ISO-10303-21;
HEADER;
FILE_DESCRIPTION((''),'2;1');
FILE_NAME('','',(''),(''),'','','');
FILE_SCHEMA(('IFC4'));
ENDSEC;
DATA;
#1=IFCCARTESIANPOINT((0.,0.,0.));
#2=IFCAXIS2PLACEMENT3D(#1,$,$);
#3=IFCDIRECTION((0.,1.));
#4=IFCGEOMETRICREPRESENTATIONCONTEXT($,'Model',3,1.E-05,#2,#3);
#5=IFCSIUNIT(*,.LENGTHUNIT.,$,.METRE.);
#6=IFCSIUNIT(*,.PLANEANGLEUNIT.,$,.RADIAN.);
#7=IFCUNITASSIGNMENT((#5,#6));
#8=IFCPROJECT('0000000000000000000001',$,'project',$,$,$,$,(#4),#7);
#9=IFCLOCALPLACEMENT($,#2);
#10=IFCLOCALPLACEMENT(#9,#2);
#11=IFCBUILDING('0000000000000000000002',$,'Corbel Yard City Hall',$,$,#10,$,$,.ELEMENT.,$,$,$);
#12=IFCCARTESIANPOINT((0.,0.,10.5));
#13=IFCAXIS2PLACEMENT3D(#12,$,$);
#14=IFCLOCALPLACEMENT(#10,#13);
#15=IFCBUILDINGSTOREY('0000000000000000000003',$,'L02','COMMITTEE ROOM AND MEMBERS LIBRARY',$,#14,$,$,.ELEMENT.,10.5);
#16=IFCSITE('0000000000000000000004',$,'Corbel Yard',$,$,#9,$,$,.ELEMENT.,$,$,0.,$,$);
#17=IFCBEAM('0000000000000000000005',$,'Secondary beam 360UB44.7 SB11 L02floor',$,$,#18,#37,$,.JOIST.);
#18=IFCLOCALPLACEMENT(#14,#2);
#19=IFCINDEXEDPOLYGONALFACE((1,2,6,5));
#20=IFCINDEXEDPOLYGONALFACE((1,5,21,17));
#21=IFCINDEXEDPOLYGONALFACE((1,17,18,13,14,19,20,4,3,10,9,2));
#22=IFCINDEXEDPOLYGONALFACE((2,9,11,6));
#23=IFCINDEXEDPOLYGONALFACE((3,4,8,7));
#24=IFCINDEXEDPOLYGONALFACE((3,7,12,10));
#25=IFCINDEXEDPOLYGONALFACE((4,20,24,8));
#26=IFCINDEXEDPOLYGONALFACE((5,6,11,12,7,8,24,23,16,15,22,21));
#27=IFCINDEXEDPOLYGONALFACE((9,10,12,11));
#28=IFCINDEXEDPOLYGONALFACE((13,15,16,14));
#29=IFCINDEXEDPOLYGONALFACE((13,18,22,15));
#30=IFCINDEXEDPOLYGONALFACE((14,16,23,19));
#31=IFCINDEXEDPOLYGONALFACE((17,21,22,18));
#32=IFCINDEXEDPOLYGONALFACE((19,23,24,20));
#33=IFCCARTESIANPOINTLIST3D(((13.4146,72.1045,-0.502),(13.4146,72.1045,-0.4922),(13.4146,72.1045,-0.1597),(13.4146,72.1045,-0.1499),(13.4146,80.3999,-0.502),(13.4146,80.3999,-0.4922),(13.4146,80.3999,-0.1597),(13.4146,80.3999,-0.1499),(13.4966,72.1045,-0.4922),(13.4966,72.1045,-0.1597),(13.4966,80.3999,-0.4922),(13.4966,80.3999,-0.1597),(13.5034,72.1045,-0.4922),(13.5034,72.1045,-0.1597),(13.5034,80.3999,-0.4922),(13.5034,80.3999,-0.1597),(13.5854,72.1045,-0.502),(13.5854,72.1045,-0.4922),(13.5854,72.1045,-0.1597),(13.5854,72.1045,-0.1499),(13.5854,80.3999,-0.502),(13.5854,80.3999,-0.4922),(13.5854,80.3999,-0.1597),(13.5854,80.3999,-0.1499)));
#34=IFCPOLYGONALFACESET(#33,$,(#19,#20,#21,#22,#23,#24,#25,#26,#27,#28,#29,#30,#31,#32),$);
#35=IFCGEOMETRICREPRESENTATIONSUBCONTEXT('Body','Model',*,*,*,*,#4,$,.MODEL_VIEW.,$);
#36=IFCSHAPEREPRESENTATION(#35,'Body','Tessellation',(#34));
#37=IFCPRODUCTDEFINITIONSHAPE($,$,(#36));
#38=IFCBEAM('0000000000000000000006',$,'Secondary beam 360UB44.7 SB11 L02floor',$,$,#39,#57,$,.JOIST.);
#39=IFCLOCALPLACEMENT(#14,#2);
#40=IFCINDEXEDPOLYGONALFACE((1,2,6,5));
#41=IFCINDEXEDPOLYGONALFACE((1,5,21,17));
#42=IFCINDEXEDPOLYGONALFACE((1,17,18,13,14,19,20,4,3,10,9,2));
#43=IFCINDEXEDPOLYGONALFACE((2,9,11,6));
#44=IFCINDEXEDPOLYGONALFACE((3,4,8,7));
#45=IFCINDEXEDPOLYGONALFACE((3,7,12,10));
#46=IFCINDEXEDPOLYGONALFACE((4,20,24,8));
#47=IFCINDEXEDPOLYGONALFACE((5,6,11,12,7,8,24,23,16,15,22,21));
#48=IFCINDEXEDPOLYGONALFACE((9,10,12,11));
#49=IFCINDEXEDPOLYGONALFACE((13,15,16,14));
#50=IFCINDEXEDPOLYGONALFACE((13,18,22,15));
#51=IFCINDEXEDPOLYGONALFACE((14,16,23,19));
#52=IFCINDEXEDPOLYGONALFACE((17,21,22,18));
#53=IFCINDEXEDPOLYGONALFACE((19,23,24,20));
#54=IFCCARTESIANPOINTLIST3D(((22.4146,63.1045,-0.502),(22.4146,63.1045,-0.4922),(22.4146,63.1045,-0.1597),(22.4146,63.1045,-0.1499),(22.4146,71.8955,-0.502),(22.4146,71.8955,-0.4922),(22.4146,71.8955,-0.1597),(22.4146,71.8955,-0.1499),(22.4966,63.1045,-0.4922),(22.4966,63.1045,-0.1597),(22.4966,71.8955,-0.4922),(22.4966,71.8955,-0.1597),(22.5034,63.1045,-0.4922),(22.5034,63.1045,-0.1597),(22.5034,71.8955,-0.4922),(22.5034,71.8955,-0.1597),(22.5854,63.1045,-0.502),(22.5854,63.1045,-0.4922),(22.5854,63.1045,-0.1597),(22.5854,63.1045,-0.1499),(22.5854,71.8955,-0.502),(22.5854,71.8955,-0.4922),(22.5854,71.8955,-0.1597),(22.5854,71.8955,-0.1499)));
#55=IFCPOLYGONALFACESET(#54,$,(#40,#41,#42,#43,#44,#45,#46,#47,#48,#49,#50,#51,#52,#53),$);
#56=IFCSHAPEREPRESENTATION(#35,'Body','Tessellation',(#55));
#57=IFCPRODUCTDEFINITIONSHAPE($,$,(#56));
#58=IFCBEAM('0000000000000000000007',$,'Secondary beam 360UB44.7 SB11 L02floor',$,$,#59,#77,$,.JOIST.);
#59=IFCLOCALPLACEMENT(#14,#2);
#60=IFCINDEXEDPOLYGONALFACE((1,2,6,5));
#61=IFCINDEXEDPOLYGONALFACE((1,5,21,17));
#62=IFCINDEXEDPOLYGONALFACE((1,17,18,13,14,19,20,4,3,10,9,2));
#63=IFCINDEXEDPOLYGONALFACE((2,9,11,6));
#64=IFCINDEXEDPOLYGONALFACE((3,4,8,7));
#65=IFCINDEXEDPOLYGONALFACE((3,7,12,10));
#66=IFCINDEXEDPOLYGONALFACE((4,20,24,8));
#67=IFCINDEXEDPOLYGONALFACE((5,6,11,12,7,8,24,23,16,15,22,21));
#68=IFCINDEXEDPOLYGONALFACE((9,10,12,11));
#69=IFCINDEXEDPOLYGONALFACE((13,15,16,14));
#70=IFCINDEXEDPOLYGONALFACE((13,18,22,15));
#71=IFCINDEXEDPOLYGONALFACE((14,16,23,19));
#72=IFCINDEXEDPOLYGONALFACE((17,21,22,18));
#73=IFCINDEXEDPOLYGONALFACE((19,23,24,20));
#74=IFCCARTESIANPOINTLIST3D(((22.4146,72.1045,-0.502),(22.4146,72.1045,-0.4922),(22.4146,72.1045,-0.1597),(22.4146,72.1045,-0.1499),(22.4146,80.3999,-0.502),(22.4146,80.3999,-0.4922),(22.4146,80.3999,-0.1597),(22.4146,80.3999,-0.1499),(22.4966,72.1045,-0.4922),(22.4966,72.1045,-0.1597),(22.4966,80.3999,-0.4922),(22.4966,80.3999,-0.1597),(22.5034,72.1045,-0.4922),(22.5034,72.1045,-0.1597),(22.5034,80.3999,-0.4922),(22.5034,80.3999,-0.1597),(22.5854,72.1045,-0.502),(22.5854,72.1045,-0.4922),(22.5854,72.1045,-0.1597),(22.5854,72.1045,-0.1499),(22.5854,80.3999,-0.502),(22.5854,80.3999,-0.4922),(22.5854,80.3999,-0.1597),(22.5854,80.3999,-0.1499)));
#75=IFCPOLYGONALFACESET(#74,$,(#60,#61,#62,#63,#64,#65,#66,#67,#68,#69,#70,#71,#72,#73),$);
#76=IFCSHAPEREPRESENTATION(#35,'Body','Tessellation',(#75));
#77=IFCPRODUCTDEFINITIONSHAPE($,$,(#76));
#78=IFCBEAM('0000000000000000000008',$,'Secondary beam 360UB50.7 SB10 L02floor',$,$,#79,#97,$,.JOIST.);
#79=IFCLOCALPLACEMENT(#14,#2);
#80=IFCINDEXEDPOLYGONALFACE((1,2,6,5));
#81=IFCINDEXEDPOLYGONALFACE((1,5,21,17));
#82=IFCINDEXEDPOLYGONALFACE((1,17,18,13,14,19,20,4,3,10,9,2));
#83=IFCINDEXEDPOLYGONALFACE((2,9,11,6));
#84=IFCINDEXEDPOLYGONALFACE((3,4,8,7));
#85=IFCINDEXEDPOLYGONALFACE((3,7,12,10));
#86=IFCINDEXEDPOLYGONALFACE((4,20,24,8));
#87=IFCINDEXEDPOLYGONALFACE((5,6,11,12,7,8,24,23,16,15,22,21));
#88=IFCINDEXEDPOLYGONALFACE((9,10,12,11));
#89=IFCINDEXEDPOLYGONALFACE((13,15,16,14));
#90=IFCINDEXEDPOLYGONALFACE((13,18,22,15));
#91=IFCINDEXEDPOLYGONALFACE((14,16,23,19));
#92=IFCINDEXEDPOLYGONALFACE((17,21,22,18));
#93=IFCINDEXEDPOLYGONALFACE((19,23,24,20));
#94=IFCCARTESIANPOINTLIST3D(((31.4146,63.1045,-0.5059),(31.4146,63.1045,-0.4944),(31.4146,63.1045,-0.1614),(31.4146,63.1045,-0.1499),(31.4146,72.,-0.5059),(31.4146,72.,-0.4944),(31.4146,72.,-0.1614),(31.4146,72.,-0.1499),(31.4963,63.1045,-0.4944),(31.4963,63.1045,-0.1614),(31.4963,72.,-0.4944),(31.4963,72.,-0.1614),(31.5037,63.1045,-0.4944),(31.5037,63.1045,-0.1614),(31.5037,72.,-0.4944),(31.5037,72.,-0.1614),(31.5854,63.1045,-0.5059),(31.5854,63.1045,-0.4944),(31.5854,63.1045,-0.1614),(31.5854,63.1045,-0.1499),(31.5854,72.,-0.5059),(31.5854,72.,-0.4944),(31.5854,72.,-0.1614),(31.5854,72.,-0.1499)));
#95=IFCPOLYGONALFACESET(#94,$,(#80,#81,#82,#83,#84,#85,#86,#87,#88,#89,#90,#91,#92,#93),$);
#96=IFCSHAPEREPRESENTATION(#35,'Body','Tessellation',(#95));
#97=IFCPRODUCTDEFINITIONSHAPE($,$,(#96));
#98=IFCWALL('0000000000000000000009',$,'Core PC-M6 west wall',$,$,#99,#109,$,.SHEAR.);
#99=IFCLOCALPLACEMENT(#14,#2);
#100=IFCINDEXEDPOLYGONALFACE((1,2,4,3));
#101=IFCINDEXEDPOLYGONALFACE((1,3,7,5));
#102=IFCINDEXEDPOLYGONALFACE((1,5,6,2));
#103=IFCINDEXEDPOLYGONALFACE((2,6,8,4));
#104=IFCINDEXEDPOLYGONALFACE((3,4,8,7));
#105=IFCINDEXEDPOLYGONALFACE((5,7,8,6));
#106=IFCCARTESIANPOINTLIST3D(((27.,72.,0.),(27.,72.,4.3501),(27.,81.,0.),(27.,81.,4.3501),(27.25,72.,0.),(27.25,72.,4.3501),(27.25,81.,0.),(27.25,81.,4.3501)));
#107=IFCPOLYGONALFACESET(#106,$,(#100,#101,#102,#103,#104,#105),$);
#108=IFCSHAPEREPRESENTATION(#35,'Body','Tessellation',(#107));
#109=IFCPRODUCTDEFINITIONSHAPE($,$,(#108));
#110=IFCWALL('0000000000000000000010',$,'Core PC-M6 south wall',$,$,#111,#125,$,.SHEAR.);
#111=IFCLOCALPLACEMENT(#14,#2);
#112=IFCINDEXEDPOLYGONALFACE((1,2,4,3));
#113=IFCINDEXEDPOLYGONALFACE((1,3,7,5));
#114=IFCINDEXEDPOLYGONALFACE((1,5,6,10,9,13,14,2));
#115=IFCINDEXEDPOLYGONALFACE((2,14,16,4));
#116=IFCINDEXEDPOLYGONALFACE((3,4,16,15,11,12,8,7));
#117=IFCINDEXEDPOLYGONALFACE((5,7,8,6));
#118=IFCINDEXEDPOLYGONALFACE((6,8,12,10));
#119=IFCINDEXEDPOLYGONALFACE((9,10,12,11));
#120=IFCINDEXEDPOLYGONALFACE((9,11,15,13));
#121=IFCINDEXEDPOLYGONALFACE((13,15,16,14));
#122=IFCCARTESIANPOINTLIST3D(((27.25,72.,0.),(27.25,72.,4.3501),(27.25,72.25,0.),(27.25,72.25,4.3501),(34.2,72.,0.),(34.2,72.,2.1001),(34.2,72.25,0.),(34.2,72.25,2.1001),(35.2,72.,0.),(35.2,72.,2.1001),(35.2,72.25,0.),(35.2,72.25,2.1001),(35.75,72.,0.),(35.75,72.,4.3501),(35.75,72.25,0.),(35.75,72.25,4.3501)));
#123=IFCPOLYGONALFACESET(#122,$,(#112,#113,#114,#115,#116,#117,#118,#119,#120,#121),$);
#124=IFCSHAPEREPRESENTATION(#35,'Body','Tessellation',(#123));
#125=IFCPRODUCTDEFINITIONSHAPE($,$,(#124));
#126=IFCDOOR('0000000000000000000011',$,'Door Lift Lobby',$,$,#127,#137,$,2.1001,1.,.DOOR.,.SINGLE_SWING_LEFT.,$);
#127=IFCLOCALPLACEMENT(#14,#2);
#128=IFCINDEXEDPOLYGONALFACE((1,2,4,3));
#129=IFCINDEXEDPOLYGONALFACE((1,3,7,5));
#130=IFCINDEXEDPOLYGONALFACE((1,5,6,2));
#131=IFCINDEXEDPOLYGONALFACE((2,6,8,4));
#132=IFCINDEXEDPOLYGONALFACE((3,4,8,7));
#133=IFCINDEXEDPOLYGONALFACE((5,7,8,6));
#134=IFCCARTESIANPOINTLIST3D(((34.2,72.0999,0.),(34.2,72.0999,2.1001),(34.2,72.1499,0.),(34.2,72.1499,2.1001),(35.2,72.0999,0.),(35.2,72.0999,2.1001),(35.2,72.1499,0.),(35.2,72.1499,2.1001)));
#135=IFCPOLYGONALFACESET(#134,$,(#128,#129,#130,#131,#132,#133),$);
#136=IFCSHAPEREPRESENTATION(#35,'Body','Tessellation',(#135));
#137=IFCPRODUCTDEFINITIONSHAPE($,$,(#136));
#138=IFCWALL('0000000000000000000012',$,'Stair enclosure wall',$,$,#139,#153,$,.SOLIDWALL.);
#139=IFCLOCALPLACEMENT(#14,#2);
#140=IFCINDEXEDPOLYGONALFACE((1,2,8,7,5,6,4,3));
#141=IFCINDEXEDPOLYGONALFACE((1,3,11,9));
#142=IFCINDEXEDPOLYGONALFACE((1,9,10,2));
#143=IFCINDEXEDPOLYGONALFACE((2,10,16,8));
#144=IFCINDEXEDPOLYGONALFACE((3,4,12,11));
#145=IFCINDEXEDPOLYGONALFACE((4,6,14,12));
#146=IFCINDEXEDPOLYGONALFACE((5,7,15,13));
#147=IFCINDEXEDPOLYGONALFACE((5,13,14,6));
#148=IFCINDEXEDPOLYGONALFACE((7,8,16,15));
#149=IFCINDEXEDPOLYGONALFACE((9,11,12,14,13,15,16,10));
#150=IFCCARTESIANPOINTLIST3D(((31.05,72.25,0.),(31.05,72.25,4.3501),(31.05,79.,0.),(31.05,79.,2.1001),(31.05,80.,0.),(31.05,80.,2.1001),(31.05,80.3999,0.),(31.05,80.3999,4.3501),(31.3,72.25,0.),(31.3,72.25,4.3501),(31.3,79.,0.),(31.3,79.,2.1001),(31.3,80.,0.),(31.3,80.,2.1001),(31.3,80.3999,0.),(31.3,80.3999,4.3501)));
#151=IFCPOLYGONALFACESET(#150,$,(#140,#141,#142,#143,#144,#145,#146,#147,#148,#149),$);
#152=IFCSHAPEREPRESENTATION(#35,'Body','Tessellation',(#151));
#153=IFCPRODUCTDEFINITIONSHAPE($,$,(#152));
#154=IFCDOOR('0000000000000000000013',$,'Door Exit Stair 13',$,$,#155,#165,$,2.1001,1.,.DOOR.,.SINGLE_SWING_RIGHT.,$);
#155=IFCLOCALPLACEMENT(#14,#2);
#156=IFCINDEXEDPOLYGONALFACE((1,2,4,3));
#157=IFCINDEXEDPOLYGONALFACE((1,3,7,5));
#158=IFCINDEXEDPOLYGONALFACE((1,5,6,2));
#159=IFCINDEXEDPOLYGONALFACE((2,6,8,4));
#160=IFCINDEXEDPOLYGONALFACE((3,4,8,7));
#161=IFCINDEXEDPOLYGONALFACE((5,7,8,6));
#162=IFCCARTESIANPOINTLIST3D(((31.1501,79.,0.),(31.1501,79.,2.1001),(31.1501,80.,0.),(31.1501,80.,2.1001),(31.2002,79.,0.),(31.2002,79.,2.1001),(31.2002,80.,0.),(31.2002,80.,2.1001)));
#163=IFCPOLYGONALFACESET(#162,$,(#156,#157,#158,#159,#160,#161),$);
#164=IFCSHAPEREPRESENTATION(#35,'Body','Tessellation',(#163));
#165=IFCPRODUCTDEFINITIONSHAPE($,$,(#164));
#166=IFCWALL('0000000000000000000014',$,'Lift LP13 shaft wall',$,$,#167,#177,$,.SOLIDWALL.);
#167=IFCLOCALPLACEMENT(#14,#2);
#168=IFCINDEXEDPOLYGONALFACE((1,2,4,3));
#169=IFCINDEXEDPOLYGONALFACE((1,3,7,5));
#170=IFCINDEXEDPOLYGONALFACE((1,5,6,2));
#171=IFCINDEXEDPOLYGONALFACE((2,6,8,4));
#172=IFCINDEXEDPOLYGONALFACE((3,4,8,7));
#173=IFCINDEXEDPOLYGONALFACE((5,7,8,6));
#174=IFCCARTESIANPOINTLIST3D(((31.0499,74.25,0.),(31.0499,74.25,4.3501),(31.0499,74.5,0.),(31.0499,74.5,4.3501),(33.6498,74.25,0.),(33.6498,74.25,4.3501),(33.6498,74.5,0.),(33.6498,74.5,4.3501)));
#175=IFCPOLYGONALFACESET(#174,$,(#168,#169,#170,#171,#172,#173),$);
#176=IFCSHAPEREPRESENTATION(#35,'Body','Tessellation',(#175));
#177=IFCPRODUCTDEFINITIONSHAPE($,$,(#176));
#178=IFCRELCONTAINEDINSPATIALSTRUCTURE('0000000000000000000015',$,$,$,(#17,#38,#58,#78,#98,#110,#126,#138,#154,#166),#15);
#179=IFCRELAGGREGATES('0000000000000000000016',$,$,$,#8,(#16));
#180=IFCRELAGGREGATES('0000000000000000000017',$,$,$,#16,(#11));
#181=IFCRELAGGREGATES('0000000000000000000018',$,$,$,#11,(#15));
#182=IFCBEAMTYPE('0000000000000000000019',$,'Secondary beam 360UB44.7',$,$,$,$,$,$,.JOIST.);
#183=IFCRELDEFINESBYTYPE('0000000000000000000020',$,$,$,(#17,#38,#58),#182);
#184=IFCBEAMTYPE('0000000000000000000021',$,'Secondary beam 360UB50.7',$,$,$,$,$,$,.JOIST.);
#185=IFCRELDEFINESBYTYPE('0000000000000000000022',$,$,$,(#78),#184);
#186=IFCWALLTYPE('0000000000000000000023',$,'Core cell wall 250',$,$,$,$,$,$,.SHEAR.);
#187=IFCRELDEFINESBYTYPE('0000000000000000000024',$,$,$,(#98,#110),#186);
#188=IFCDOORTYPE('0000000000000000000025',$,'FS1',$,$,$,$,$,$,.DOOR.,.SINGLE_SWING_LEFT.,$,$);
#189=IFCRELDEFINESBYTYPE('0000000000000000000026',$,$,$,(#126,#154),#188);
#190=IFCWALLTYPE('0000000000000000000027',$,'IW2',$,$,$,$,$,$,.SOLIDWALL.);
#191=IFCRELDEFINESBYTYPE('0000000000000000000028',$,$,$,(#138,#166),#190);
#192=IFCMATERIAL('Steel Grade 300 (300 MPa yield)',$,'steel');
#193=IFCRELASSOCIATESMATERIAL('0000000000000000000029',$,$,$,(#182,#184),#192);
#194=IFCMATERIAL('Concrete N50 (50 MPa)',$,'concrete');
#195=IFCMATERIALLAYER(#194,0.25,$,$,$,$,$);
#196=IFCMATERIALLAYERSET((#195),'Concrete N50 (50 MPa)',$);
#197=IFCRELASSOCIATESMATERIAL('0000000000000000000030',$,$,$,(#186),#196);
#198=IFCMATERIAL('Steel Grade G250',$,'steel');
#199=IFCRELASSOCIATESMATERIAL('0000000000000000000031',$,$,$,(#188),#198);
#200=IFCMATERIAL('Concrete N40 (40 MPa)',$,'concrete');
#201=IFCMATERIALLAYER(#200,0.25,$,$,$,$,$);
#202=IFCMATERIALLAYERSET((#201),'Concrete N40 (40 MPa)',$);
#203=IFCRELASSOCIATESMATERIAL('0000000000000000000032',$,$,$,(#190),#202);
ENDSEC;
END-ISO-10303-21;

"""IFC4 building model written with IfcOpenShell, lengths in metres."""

from ifc_helpers import new_model, si_unit, direction, frame, frame_2d, origin, origin_2d, place, context, subcontext, project, spatial, rectangle, i_section, extrude, material, layer, layer_set, material_profile, profile_set, type_object, element, fill, save


model = new_model("IFC4")

# Units and contexts
model_context = context("Model", 3, precision=1e-05, world=origin(), true_north=direction((0.0, 1.0)))
body_context = subcontext(model_context, "Body", "Model", "MODEL_VIEW")
ifc_project = project(units=[si_unit("LENGTHUNIT", "METRE"), si_unit("PLANEANGLEUNIT", "RADIAN")], contexts=[model_context])

# Site, building, storey
site_placement = place(None, origin())
site = spatial("IfcSite", under=ifc_project, at=site_placement, Name="Corbel Yard", CompositionType="ELEMENT", RefElevation=0.0)
building_placement = place(site_placement, origin())
building = spatial("IfcBuilding", under=site, at=building_placement, Name="Corbel Yard City Hall", CompositionType="ELEMENT")
storey_placement = place(building_placement, frame((0.0, 0.0, 10.5)))
storey = spatial("IfcBuildingStorey", under=building, at=storey_placement, Name="L02", Description="COMMITTEE ROOM AND MEMBERS LIBRARY", CompositionType="ELEMENT", Elevation=10.5)

# Shared definitions
ifc_material_1 = material(Name="Steel Grade 300 (300 MPa yield)", Category="steel")

# Beams
ifc_material_profile_1 = material_profile(ifc_material_1, i_section(OverallWidth=0.1709, OverallDepth=0.3521, WebThickness=0.0068, FlangeThickness=0.0098, at=origin_2d()), Name="360UB44.7")
ifc_profile_set_1 = profile_set([ifc_material_profile_1], Name="Steel Grade 300 (300 MPa yield)")
beam_type_1 = type_object("IfcBeamType", Name="Secondary beam 360UB44.7", PredefinedType="JOIST", material=ifc_profile_set_1)
beam_1_placement = place(storey_placement, frame((13.5, 72.1045, -0.3259), z_axis=(0.0, 1.0, 0.0), x_axis=(-1.0, 0.0, 0.0)))
element("IfcBeam", 1, at=beam_1_placement, inside=storey, type_object=beam_type_1, Name="Secondary beam 360UB44.7 SB11 L02floor", PredefinedType="JOIST", context=body_context, shape_type="SweptSolid", body=[
    extrude(i_section(OverallWidth=0.1709, OverallDepth=0.3521, WebThickness=0.0068, FlangeThickness=0.0098, at=origin_2d()), origin(), (0.0, 0.0, 1.0), 8.2954),
])
beam_2_placement = place(storey_placement, frame((22.5, 63.1045, -0.3259), z_axis=(0.0, 1.0, 0.0), x_axis=(-1.0, 0.0, 0.0)))
element("IfcBeam", 2, at=beam_2_placement, inside=storey, type_object=beam_type_1, Name="Secondary beam 360UB44.7 SB11 L02floor", PredefinedType="JOIST", context=body_context, shape_type="SweptSolid", body=[
    extrude(i_section(OverallWidth=0.1709, OverallDepth=0.3521, WebThickness=0.0068, FlangeThickness=0.0098, at=origin_2d()), origin(), (0.0, 0.0, 1.0), 8.791),
])
beam_3_placement = place(storey_placement, frame((22.5, 72.1045, -0.3259), z_axis=(0.0, 1.0, 0.0), x_axis=(-1.0, 0.0, 0.0)))
element("IfcBeam", 3, at=beam_3_placement, inside=storey, type_object=beam_type_1, Name="Secondary beam 360UB44.7 SB11 L02floor", PredefinedType="JOIST", context=body_context, shape_type="SweptSolid", body=[
    extrude(i_section(OverallWidth=0.1709, OverallDepth=0.3521, WebThickness=0.0068, FlangeThickness=0.0098, at=origin_2d()), origin(), (0.0, 0.0, 1.0), 8.2954),
])
ifc_material_profile_2 = material_profile(ifc_material_1, i_section(OverallWidth=0.1709, OverallDepth=0.356, WebThickness=0.0073, FlangeThickness=0.0115, at=origin_2d()), Name="360UB50.7")
ifc_profile_set_2 = profile_set([ifc_material_profile_2], Name="Steel Grade 300 (300 MPa yield)")
beam_type_2 = type_object("IfcBeamType", Name="Secondary beam 360UB50.7", PredefinedType="JOIST", material=ifc_profile_set_2)
beam_4_placement = place(storey_placement, frame((31.5, 63.1045, -0.3279), z_axis=(0.0, 1.0, 0.0), x_axis=(-1.0, 0.0, 0.0)))
element("IfcBeam", 4, at=beam_4_placement, inside=storey, type_object=beam_type_2, Name="Secondary beam 360UB50.7 SB10 L02floor", PredefinedType="JOIST", context=body_context, shape_type="SweptSolid", body=[
    extrude(i_section(OverallWidth=0.1709, OverallDepth=0.356, WebThickness=0.0073, FlangeThickness=0.0115, at=origin_2d()), origin(), (0.0, 0.0, 1.0), 8.8955),
])

# Wall
ifc_material_2 = material(Name="Concrete N50 (50 MPa)", Category="concrete")
ifc_layer_1 = layer(ifc_material_2, 0.25)
ifc_layer_set_1 = layer_set([ifc_layer_1], Name="Concrete N50 (50 MPa)")
wall_type_1 = type_object("IfcWallType", Name="Core cell wall 250", PredefinedType="SHEAR", material=ifc_layer_set_1)
wall_1_placement = place(storey_placement, frame((27.125, 72.0, 0.0), z_axis=(0.0, 0.0, 1.0), x_axis=(0.0, 1.0, 0.0)))
element("IfcWall", 5, at=wall_1_placement, inside=storey, type_object=wall_type_1, Name="Core PC-M6 west wall", PredefinedType="SHEAR", context=body_context, shape_type="SweptSolid", body=[
    extrude(rectangle(XDim=9.0, YDim=0.25, at=frame_2d((4.5, 0.0))), origin(), (0.0, 0.0, 1.0), 4.3501),
])

# Walls, openings, doors
wall_2_placement = place(storey_placement, frame((27.25, 72.125, 0.0), z_axis=(0.0, 0.0, 1.0), x_axis=(1.0, 0.0, 0.0)))
wall_2 = element("IfcWall", 6, at=wall_2_placement, inside=storey, type_object=wall_type_1, Name="Core PC-M6 south wall", PredefinedType="SHEAR", context=body_context, shape_type="SweptSolid", body=[
    extrude(rectangle(XDim=8.5, YDim=0.25, at=frame_2d((4.25, 0.0))), origin(), (0.0, 0.0, 1.0), 4.3501),
])
opening_1_placement = place(wall_2_placement, frame((6.95, 0.0, 0.0)))
opening_1 = element("IfcOpeningElement", 7, at=opening_1_placement, cuts=wall_2, PredefinedType="OPENING", context=body_context, shape_type="SweptSolid", body=[
    extrude(rectangle(XDim=1.0, YDim=2.1001, at=frame_2d((0.5, 1.05))), frame((0.0, 0.135, 0.0), z_axis=(0.0, -1.0, 0.0), x_axis=(1.0, 0.0, 0.0)), (0.0, 0.0, 1.0), 0.27),
])
ifc_material_3 = material(Name="Steel Grade G250", Category="steel")
door_type_1 = type_object("IfcDoorType", Name="FS1", OperationType="SINGLE_SWING_LEFT", PredefinedType="DOOR", material=ifc_material_3)
door_1_placement = place(opening_1_placement, origin())
door_1 = element("IfcDoor", 8, at=door_1_placement, inside=storey, type_object=door_type_1, Name="Door Lift Lobby", OperationType="SINGLE_SWING_LEFT", OverallHeight=2.1001, OverallWidth=1.0, PredefinedType="DOOR", context=body_context, shape_type="SweptSolid", body=[
    extrude(rectangle(XDim=1.0, YDim=2.1001, at=frame_2d((0.5, 1.05))), frame((0.0, 0.0249, 0.0), z_axis=(0.0, -1.0, 0.0), x_axis=(1.0, 0.0, 0.0)), (0.0, 0.0, 1.0), 0.05),
])
fill(opening_1, door_1)
ifc_material_4 = material(Name="Concrete N40 (40 MPa)", Category="concrete")
ifc_layer_2 = layer(ifc_material_4, 0.25)
ifc_layer_set_2 = layer_set([ifc_layer_2], Name="Concrete N40 (40 MPa)")
wall_type_2 = type_object("IfcWallType", Name="IW2", PredefinedType="SOLIDWALL", material=ifc_layer_set_2)
wall_3_placement = place(storey_placement, frame((31.175, 80.3999, 0.0), z_axis=(0.0, 0.0, 1.0), x_axis=(0.0, -1.0, 0.0)))
wall_3 = element("IfcWall", 9, at=wall_3_placement, inside=storey, type_object=wall_type_2, Name="Stair enclosure wall", PredefinedType="SOLIDWALL", context=body_context, shape_type="SweptSolid", body=[
    extrude(rectangle(XDim=8.1499, YDim=0.25, at=frame_2d((4.075, 0.0))), origin(), (0.0, 0.0, 1.0), 4.3501),
])
opening_2_placement = place(wall_3_placement, frame((0.3999, 0.0, 0.0)))
opening_2 = element("IfcOpeningElement", 10, at=opening_2_placement, cuts=wall_3, PredefinedType="OPENING", context=body_context, shape_type="SweptSolid", body=[
    extrude(rectangle(XDim=1.0, YDim=2.1001, at=frame_2d((0.5, 1.05))), frame((0.0, 0.135, 0.0), z_axis=(0.0, -1.0, 0.0), x_axis=(1.0, 0.0, 0.0)), (0.0, 0.0, 1.0), 0.27),
])
door_2_placement = place(opening_2_placement, frame((1.0, 0.0, 0.0), z_axis=(0.0, 0.0, 1.0), x_axis=(-1.0, 0.0, 0.0)))
door_2 = element("IfcDoor", 11, at=door_2_placement, inside=storey, type_object=door_type_1, Name="Door Exit Stair 13", OperationType="SINGLE_SWING_RIGHT", OverallHeight=2.1001, OverallWidth=1.0, PredefinedType="DOOR", context=body_context, shape_type="SweptSolid", body=[
    extrude(rectangle(XDim=1.0, YDim=2.1001, at=frame_2d((0.5, 1.05))), frame((0.0, 0.0249, 0.0), z_axis=(0.0, -1.0, 0.0), x_axis=(1.0, 0.0, 0.0)), (0.0, 0.0, 1.0), 0.05),
])
fill(opening_2, door_2)

# Wall
wall_4_placement = place(storey_placement, frame((31.05, 74.375, 0.0), z_axis=(0.0, 0.0, 1.0), x_axis=(1.0, 0.0, 0.0)))
element("IfcWall", 12, at=wall_4_placement, inside=storey, type_object=wall_type_2, Name="Lift LP13 shaft wall", PredefinedType="SOLIDWALL", context=body_context, shape_type="SweptSolid", body=[
    extrude(rectangle(XDim=2.5999, YDim=0.25, at=frame_2d((1.2998, 0.0))), origin(), (0.0, 0.0, 1.0), 4.3501),
])

save(model, "model.ifc")
